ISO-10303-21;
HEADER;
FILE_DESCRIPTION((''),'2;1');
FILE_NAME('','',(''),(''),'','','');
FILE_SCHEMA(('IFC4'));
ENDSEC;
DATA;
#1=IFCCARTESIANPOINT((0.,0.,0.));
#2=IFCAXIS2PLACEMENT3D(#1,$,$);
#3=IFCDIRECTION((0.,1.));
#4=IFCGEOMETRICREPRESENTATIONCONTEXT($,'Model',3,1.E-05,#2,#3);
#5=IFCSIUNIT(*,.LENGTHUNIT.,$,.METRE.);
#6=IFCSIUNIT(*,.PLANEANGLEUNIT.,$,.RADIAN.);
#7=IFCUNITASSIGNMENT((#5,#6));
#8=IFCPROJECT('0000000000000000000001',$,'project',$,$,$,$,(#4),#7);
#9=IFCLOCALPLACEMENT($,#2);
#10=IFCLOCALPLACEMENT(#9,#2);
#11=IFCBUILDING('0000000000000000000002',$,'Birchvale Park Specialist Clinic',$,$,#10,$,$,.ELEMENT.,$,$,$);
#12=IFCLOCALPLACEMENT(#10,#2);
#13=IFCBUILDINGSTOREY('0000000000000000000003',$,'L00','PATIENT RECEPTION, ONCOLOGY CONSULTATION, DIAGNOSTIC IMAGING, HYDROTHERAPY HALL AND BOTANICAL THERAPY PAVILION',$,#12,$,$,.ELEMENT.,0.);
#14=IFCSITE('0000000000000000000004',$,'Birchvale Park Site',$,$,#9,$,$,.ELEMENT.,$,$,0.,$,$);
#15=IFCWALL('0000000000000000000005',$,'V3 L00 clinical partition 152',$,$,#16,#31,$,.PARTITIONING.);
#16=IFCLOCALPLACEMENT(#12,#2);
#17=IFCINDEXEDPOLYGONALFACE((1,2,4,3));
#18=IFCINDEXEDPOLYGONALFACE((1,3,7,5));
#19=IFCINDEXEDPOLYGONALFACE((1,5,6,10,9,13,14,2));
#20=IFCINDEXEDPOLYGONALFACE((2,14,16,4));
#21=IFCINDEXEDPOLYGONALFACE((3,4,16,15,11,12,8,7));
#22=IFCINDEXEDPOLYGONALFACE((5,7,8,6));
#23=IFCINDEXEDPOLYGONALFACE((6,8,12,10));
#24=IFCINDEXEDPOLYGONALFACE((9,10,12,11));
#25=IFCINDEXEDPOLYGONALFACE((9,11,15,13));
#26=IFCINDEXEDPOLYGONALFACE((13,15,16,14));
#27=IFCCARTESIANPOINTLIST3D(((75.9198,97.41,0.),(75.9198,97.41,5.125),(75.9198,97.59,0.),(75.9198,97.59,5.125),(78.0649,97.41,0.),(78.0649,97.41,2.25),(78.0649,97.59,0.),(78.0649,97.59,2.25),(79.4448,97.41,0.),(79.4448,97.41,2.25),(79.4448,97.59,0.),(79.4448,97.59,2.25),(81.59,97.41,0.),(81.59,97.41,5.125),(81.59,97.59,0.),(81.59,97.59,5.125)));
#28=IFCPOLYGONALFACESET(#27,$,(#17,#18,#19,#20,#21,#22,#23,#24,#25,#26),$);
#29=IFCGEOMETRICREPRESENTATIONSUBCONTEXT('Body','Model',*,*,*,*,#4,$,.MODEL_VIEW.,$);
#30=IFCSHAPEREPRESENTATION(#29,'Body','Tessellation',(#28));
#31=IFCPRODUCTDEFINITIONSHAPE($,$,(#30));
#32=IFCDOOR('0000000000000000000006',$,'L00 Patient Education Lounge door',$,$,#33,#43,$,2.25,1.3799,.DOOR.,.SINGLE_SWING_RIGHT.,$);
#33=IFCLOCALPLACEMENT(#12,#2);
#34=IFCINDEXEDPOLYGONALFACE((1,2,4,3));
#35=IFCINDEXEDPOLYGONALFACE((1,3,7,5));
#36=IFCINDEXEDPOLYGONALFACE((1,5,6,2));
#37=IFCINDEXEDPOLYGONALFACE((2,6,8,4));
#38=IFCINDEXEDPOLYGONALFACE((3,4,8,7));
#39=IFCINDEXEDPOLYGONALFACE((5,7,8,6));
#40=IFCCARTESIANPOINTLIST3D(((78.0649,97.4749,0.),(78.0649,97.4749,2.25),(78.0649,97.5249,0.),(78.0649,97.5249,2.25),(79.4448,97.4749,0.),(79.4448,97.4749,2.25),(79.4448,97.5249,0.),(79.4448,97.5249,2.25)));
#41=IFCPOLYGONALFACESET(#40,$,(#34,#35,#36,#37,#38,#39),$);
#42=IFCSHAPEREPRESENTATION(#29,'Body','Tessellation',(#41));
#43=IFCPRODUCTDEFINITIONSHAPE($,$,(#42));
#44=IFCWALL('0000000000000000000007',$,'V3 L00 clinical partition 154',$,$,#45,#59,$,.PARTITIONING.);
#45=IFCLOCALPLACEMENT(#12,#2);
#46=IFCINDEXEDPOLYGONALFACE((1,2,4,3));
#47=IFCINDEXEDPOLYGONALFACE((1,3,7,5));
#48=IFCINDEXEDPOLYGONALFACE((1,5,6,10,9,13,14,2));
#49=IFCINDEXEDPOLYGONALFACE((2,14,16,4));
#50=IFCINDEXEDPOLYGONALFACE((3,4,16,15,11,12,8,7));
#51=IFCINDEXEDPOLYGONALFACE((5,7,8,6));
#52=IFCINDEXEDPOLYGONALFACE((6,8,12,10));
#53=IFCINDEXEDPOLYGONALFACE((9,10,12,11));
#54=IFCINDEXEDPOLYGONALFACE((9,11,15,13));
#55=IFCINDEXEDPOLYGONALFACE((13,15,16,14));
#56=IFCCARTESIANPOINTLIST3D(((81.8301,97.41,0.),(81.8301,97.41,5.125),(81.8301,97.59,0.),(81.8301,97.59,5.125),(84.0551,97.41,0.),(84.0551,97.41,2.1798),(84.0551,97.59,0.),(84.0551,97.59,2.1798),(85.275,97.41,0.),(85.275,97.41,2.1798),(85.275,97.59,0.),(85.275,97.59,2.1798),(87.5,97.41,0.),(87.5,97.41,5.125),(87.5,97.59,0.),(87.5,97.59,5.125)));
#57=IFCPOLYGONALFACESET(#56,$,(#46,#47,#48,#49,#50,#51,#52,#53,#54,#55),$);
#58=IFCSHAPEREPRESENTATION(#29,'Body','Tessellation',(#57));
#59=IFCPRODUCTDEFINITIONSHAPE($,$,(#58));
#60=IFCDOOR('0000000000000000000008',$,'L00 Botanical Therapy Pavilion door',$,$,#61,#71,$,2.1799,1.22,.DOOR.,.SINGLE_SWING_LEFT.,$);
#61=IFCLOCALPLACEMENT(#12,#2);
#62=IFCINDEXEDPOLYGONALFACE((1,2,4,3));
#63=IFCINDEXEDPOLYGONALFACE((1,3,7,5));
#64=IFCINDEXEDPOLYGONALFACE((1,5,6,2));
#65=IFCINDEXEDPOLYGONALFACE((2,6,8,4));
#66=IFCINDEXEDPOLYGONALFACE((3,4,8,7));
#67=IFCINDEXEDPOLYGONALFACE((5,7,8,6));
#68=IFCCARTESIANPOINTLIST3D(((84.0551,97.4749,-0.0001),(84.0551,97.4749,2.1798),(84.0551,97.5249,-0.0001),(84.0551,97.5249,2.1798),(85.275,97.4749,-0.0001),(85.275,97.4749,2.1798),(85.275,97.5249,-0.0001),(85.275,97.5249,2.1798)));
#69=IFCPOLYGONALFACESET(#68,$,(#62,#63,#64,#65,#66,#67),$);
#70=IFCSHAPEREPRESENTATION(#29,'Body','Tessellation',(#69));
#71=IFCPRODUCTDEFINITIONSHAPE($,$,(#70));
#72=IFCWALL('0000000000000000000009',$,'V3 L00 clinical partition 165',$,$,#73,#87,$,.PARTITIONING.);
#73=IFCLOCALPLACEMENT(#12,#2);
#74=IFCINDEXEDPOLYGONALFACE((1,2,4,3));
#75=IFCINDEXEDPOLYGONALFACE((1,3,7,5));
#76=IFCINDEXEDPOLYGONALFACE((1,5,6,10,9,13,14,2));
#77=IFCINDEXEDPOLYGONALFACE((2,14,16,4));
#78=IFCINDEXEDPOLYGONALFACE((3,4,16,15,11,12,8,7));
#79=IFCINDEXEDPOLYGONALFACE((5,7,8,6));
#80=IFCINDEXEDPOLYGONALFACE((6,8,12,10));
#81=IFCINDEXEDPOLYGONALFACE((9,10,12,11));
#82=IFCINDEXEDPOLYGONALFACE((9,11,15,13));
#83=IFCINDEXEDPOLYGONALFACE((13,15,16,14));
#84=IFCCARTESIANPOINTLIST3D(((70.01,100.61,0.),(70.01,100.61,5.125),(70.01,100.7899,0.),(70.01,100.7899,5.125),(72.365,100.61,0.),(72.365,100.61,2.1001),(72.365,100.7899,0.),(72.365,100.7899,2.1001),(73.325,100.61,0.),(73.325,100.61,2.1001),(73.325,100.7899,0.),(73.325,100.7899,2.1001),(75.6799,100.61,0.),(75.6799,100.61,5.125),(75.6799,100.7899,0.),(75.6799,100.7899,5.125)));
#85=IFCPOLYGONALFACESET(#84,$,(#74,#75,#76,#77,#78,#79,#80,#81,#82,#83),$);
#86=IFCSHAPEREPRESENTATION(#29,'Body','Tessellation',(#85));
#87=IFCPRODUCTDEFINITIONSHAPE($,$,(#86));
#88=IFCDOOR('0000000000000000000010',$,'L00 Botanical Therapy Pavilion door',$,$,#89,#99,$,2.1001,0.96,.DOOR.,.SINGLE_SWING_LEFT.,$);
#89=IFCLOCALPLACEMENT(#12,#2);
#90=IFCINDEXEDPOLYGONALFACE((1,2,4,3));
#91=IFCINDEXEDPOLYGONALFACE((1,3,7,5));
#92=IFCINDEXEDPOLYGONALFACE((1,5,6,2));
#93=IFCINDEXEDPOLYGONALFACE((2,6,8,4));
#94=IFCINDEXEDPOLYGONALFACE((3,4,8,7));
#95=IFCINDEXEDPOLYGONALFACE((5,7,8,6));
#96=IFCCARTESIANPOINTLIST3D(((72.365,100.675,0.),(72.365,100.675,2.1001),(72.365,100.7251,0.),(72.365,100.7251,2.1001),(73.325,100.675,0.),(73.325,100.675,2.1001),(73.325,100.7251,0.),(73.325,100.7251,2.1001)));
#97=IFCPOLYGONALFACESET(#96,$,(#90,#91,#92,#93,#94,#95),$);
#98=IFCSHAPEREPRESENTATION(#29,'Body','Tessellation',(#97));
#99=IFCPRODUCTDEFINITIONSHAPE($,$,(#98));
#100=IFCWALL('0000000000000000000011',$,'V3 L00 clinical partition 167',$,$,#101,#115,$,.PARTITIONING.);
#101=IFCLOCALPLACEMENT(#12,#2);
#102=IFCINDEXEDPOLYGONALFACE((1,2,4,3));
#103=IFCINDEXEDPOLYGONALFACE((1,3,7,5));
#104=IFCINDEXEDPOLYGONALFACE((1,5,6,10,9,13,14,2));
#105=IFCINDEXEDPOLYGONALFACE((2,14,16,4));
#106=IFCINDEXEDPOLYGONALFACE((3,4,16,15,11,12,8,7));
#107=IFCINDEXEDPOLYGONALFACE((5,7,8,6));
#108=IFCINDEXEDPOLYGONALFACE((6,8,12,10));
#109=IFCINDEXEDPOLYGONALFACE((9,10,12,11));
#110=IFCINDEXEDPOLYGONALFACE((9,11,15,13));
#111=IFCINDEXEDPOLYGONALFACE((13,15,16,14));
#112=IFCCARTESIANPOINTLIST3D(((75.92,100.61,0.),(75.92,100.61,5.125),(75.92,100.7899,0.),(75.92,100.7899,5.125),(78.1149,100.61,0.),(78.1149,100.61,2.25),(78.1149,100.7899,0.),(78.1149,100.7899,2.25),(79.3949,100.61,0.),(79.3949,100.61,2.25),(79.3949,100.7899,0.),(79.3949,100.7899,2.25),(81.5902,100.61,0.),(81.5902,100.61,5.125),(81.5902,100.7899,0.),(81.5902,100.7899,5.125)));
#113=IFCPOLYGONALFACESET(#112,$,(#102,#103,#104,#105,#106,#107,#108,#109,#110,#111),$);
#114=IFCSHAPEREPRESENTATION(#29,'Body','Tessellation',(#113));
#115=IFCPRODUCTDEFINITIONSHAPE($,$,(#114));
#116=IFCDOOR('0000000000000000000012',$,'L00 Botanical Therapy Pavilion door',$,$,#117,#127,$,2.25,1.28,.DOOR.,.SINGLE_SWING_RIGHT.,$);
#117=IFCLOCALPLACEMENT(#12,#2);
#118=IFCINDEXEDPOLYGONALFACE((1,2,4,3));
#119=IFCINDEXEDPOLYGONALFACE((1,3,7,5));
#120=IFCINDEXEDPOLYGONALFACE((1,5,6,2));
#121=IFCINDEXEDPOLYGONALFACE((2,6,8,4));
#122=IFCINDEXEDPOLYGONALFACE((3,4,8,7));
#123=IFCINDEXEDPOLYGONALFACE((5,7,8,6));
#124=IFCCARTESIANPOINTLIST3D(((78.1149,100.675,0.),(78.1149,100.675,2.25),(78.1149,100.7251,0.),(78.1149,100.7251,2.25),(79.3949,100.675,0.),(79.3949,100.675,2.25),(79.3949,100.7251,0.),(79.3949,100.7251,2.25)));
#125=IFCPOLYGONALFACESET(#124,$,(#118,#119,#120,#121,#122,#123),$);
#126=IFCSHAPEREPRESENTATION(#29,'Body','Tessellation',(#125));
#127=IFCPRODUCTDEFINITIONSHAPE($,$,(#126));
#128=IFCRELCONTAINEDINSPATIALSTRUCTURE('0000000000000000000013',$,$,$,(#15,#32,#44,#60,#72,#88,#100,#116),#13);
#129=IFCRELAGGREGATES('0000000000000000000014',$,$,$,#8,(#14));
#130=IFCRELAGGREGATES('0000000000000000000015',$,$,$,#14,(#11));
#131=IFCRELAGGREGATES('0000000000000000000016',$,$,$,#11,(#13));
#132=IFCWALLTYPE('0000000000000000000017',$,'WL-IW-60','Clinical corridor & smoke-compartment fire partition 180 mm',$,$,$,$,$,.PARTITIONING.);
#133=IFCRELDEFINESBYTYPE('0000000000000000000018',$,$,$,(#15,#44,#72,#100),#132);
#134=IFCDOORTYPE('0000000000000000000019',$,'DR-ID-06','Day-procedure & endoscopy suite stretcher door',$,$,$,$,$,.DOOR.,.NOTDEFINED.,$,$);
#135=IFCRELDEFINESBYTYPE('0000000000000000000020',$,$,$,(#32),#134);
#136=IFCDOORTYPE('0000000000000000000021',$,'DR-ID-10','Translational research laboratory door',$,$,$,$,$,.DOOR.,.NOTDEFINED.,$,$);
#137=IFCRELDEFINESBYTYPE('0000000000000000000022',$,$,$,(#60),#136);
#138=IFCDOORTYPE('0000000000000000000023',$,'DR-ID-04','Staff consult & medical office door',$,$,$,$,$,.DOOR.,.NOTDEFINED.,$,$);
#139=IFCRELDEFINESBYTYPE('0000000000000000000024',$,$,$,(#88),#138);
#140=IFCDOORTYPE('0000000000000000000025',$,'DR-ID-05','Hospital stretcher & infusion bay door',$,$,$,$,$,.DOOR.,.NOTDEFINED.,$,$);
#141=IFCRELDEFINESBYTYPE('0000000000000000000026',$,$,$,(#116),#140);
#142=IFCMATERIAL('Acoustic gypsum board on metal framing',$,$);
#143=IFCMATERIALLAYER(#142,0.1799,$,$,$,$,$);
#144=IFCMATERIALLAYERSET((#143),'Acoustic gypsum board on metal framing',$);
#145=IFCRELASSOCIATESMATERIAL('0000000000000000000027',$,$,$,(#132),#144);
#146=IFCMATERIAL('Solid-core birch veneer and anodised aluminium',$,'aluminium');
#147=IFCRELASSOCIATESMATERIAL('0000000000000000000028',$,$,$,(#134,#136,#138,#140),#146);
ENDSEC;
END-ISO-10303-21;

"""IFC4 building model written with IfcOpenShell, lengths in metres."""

from ifc_helpers import new_model, si_unit, direction, frame, frame_2d, origin, place, context, subcontext, project, spatial, rectangle, extrude, material, layer, layer_set, type_object, element, fill, save


model = new_model("IFC4")

# Units and contexts
model_context = context("Model", 3, precision=1e-05, world=origin(), true_north=direction((0.0, 1.0)))
body_context = subcontext(model_context, "Body", "Model", "MODEL_VIEW")
ifc_project = project(units=[si_unit("LENGTHUNIT", "METRE"), si_unit("PLANEANGLEUNIT", "RADIAN")], contexts=[model_context])

# Site, building, storey
site_placement = place(None, origin())
site = spatial("IfcSite", under=ifc_project, at=site_placement, Name="Birchvale Park Site", CompositionType="ELEMENT", RefElevation=0.0)
building_placement = place(site_placement, origin())
building = spatial("IfcBuilding", under=site, at=building_placement, Name="Birchvale Park Specialist Clinic", CompositionType="ELEMENT")
storey_placement = place(building_placement, origin())
storey = spatial("IfcBuildingStorey", under=building, at=storey_placement, Name="L00", Description="PATIENT RECEPTION, ONCOLOGY CONSULTATION, DIAGNOSTIC IMAGING, HYDROTHERAPY HALL AND BOTANICAL THERAPY PAVILION", CompositionType="ELEMENT", Elevation=0.0)

# Shared definitions
ifc_material_1 = material(Name="Acoustic gypsum board on metal framing")

# Walls, openings, doors
ifc_layer_1 = layer(ifc_material_1, 0.1799)
ifc_layer_set_1 = layer_set([ifc_layer_1], Name="Acoustic gypsum board on metal framing")
wall_type_1 = type_object("IfcWallType", Name="WL-IW-60", Description="Clinical corridor & smoke-compartment fire partition 180 mm", PredefinedType="PARTITIONING", material=ifc_layer_set_1)
wall_1_placement = place(storey_placement, frame((75.9199, 97.5, 0.0), z_axis=(0.0, 0.0, 1.0), x_axis=(1.0, 0.0, 0.0)))
wall_1 = element("IfcWall", 1, at=wall_1_placement, inside=storey, type_object=wall_type_1, Name="V3 L00 clinical partition 152", PredefinedType="PARTITIONING", context=body_context, shape_type="SweptSolid", body=[
    extrude(rectangle(XDim=5.6702, YDim=0.1799, at=frame_2d((2.835, 0.0))), origin(), (0.0, 0.0, 1.0), 5.125),
])
opening_1_placement = place(wall_1_placement, frame((2.145, 0.0, 0.0)))
opening_1 = element("IfcOpeningElement", 2, at=opening_1_placement, cuts=wall_1, PredefinedType="OPENING", context=body_context, shape_type="SweptSolid", body=[
    extrude(rectangle(XDim=1.3799, YDim=2.25, at=frame_2d((0.6899, 1.125))), frame((0.0, 0.1001, 0.0), z_axis=(0.0, -1.0, 0.0), x_axis=(1.0, 0.0, 0.0)), (0.0, 0.0, 1.0), 0.2),
])
ifc_material_2 = material(Name="Solid-core birch veneer and anodised aluminium", Category="aluminium")
door_type_1 = type_object("IfcDoorType", Name="DR-ID-06", Description="Day-procedure & endoscopy suite stretcher door", OperationType="NOTDEFINED", PredefinedType="DOOR", material=ifc_material_2)
door_1_placement = place(opening_1_placement, origin())
door_1 = element("IfcDoor", 3, at=door_1_placement, inside=storey, type_object=door_type_1, Name="L00 Patient Education Lounge door", OperationType="SINGLE_SWING_RIGHT", OverallHeight=2.25, OverallWidth=1.3799, PredefinedType="DOOR", context=body_context, shape_type="SweptSolid", body=[
    extrude(rectangle(XDim=1.3799, YDim=2.25, at=frame_2d((0.6899, 1.125))), frame((0.0, 0.0249, 0.0), z_axis=(0.0, -1.0, 0.0), x_axis=(1.0, 0.0, 0.0)), (0.0, 0.0, 1.0), 0.05),
])
fill(opening_1, door_1)
wall_2_placement = place(storey_placement, frame((81.8301, 97.5, 0.0), z_axis=(0.0, 0.0, 1.0), x_axis=(1.0, 0.0, 0.0)))
wall_2 = element("IfcWall", 4, at=wall_2_placement, inside=storey, type_object=wall_type_1, Name="V3 L00 clinical partition 154", PredefinedType="PARTITIONING", context=body_context, shape_type="SweptSolid", body=[
    extrude(rectangle(XDim=5.6699, YDim=0.1799, at=frame_2d((2.835, 0.0))), origin(), (0.0, 0.0, 1.0), 5.125),
])
opening_2_placement = place(wall_2_placement, frame((2.2251, 0.0, 0.0)))
opening_2 = element("IfcOpeningElement", 5, at=opening_2_placement, cuts=wall_2, PredefinedType="OPENING", context=body_context, shape_type="SweptSolid", body=[
    extrude(rectangle(XDim=1.22, YDim=2.1799, at=frame_2d((0.6099, 1.0898))), frame((0.0, 0.1001, 0.0), z_axis=(0.0, -1.0, 0.0), x_axis=(1.0, 0.0, 0.0)), (0.0, 0.0, 1.0), 0.2),
])
door_type_2 = type_object("IfcDoorType", Name="DR-ID-10", Description="Translational research laboratory door", OperationType="NOTDEFINED", PredefinedType="DOOR", material=ifc_material_2)
door_2_placement = place(opening_2_placement, origin())
door_2 = element("IfcDoor", 6, at=door_2_placement, inside=storey, type_object=door_type_2, Name="L00 Botanical Therapy Pavilion door", OperationType="SINGLE_SWING_LEFT", OverallHeight=2.1799, OverallWidth=1.22, PredefinedType="DOOR", context=body_context, shape_type="SweptSolid", body=[
    extrude(rectangle(XDim=1.22, YDim=2.1799, at=frame_2d((0.6099, 1.0898))), frame((0.0, 0.0249, 0.0), z_axis=(0.0, -1.0, 0.0), x_axis=(1.0, 0.0, 0.0)), (0.0, 0.0, 1.0), 0.05),
])
fill(opening_2, door_2)
wall_3_placement = place(storey_placement, frame((75.6799, 100.7, 0.0), z_axis=(0.0, 0.0, 1.0), x_axis=(-1.0, 0.0, 0.0)))
wall_3 = element("IfcWall", 7, at=wall_3_placement, inside=storey, type_object=wall_type_1, Name="V3 L00 clinical partition 165", PredefinedType="PARTITIONING", context=body_context, shape_type="SweptSolid", body=[
    extrude(rectangle(XDim=5.6699, YDim=0.1799, at=frame_2d((2.835, 0.0))), origin(), (0.0, 0.0, 1.0), 5.125),
])
opening_3_placement = place(wall_3_placement, frame((2.355, 0.0, 0.0)))
opening_3 = element("IfcOpeningElement", 8, at=opening_3_placement, cuts=wall_3, PredefinedType="OPENING", context=body_context, shape_type="SweptSolid", body=[
    extrude(rectangle(XDim=0.96, YDim=2.1001, at=frame_2d((0.48, 1.05))), frame((0.0, 0.1001, 0.0), z_axis=(0.0, -1.0, 0.0), x_axis=(1.0, 0.0, 0.0)), (0.0, 0.0, 1.0), 0.2),
])
door_type_3 = type_object("IfcDoorType", Name="DR-ID-04", Description="Staff consult & medical office door", OperationType="NOTDEFINED", PredefinedType="DOOR", material=ifc_material_2)
door_3_placement = place(opening_3_placement, origin())
door_3 = element("IfcDoor", 9, at=door_3_placement, inside=storey, type_object=door_type_3, Name="L00 Botanical Therapy Pavilion door", OperationType="SINGLE_SWING_LEFT", OverallHeight=2.1001, OverallWidth=0.96, PredefinedType="DOOR", context=body_context, shape_type="SweptSolid", body=[
    extrude(rectangle(XDim=0.96, YDim=2.1001, at=frame_2d((0.48, 1.05))), frame((0.0, 0.0249, 0.0), z_axis=(0.0, -1.0, 0.0), x_axis=(1.0, 0.0, 0.0)), (0.0, 0.0, 1.0), 0.05),
])
fill(opening_3, door_3)
wall_4_placement = place(storey_placement, frame((81.5901, 100.7, 0.0), z_axis=(0.0, 0.0, 1.0), x_axis=(-1.0, 0.0, 0.0)))
wall_4 = element("IfcWall", 10, at=wall_4_placement, inside=storey, type_object=wall_type_1, Name="V3 L00 clinical partition 167", PredefinedType="PARTITIONING", context=body_context, shape_type="SweptSolid", body=[
    extrude(rectangle(XDim=5.6702, YDim=0.1799, at=frame_2d((2.835, 0.0))), origin(), (0.0, 0.0, 1.0), 5.125),
])
opening_4_placement = place(wall_4_placement, frame((2.1951, 0.0, 0.0)))
opening_4 = element("IfcOpeningElement", 11, at=opening_4_placement, cuts=wall_4, PredefinedType="OPENING", context=body_context, shape_type="SweptSolid", body=[
    extrude(rectangle(XDim=1.28, YDim=2.25, at=frame_2d((0.6401, 1.125))), frame((0.0, 0.1001, 0.0), z_axis=(0.0, -1.0, 0.0), x_axis=(1.0, 0.0, 0.0)), (0.0, 0.0, 1.0), 0.2),
])
door_type_4 = type_object("IfcDoorType", Name="DR-ID-05", Description="Hospital stretcher & infusion bay door", OperationType="NOTDEFINED", PredefinedType="DOOR", material=ifc_material_2)
door_4_placement = place(opening_4_placement, origin())
door_4 = element("IfcDoor", 12, at=door_4_placement, inside=storey, type_object=door_type_4, Name="L00 Botanical Therapy Pavilion door", OperationType="SINGLE_SWING_RIGHT", OverallHeight=2.25, OverallWidth=1.28, PredefinedType="DOOR", context=body_context, shape_type="SweptSolid", body=[
    extrude(rectangle(XDim=1.28, YDim=2.25, at=frame_2d((0.6401, 1.125))), frame((0.0, 0.0249, 0.0), z_axis=(0.0, -1.0, 0.0), x_axis=(1.0, 0.0, 0.0)), (0.0, 0.0, 1.0), 0.05),
])
fill(opening_4, door_4)

save(model, "model.ifc")
